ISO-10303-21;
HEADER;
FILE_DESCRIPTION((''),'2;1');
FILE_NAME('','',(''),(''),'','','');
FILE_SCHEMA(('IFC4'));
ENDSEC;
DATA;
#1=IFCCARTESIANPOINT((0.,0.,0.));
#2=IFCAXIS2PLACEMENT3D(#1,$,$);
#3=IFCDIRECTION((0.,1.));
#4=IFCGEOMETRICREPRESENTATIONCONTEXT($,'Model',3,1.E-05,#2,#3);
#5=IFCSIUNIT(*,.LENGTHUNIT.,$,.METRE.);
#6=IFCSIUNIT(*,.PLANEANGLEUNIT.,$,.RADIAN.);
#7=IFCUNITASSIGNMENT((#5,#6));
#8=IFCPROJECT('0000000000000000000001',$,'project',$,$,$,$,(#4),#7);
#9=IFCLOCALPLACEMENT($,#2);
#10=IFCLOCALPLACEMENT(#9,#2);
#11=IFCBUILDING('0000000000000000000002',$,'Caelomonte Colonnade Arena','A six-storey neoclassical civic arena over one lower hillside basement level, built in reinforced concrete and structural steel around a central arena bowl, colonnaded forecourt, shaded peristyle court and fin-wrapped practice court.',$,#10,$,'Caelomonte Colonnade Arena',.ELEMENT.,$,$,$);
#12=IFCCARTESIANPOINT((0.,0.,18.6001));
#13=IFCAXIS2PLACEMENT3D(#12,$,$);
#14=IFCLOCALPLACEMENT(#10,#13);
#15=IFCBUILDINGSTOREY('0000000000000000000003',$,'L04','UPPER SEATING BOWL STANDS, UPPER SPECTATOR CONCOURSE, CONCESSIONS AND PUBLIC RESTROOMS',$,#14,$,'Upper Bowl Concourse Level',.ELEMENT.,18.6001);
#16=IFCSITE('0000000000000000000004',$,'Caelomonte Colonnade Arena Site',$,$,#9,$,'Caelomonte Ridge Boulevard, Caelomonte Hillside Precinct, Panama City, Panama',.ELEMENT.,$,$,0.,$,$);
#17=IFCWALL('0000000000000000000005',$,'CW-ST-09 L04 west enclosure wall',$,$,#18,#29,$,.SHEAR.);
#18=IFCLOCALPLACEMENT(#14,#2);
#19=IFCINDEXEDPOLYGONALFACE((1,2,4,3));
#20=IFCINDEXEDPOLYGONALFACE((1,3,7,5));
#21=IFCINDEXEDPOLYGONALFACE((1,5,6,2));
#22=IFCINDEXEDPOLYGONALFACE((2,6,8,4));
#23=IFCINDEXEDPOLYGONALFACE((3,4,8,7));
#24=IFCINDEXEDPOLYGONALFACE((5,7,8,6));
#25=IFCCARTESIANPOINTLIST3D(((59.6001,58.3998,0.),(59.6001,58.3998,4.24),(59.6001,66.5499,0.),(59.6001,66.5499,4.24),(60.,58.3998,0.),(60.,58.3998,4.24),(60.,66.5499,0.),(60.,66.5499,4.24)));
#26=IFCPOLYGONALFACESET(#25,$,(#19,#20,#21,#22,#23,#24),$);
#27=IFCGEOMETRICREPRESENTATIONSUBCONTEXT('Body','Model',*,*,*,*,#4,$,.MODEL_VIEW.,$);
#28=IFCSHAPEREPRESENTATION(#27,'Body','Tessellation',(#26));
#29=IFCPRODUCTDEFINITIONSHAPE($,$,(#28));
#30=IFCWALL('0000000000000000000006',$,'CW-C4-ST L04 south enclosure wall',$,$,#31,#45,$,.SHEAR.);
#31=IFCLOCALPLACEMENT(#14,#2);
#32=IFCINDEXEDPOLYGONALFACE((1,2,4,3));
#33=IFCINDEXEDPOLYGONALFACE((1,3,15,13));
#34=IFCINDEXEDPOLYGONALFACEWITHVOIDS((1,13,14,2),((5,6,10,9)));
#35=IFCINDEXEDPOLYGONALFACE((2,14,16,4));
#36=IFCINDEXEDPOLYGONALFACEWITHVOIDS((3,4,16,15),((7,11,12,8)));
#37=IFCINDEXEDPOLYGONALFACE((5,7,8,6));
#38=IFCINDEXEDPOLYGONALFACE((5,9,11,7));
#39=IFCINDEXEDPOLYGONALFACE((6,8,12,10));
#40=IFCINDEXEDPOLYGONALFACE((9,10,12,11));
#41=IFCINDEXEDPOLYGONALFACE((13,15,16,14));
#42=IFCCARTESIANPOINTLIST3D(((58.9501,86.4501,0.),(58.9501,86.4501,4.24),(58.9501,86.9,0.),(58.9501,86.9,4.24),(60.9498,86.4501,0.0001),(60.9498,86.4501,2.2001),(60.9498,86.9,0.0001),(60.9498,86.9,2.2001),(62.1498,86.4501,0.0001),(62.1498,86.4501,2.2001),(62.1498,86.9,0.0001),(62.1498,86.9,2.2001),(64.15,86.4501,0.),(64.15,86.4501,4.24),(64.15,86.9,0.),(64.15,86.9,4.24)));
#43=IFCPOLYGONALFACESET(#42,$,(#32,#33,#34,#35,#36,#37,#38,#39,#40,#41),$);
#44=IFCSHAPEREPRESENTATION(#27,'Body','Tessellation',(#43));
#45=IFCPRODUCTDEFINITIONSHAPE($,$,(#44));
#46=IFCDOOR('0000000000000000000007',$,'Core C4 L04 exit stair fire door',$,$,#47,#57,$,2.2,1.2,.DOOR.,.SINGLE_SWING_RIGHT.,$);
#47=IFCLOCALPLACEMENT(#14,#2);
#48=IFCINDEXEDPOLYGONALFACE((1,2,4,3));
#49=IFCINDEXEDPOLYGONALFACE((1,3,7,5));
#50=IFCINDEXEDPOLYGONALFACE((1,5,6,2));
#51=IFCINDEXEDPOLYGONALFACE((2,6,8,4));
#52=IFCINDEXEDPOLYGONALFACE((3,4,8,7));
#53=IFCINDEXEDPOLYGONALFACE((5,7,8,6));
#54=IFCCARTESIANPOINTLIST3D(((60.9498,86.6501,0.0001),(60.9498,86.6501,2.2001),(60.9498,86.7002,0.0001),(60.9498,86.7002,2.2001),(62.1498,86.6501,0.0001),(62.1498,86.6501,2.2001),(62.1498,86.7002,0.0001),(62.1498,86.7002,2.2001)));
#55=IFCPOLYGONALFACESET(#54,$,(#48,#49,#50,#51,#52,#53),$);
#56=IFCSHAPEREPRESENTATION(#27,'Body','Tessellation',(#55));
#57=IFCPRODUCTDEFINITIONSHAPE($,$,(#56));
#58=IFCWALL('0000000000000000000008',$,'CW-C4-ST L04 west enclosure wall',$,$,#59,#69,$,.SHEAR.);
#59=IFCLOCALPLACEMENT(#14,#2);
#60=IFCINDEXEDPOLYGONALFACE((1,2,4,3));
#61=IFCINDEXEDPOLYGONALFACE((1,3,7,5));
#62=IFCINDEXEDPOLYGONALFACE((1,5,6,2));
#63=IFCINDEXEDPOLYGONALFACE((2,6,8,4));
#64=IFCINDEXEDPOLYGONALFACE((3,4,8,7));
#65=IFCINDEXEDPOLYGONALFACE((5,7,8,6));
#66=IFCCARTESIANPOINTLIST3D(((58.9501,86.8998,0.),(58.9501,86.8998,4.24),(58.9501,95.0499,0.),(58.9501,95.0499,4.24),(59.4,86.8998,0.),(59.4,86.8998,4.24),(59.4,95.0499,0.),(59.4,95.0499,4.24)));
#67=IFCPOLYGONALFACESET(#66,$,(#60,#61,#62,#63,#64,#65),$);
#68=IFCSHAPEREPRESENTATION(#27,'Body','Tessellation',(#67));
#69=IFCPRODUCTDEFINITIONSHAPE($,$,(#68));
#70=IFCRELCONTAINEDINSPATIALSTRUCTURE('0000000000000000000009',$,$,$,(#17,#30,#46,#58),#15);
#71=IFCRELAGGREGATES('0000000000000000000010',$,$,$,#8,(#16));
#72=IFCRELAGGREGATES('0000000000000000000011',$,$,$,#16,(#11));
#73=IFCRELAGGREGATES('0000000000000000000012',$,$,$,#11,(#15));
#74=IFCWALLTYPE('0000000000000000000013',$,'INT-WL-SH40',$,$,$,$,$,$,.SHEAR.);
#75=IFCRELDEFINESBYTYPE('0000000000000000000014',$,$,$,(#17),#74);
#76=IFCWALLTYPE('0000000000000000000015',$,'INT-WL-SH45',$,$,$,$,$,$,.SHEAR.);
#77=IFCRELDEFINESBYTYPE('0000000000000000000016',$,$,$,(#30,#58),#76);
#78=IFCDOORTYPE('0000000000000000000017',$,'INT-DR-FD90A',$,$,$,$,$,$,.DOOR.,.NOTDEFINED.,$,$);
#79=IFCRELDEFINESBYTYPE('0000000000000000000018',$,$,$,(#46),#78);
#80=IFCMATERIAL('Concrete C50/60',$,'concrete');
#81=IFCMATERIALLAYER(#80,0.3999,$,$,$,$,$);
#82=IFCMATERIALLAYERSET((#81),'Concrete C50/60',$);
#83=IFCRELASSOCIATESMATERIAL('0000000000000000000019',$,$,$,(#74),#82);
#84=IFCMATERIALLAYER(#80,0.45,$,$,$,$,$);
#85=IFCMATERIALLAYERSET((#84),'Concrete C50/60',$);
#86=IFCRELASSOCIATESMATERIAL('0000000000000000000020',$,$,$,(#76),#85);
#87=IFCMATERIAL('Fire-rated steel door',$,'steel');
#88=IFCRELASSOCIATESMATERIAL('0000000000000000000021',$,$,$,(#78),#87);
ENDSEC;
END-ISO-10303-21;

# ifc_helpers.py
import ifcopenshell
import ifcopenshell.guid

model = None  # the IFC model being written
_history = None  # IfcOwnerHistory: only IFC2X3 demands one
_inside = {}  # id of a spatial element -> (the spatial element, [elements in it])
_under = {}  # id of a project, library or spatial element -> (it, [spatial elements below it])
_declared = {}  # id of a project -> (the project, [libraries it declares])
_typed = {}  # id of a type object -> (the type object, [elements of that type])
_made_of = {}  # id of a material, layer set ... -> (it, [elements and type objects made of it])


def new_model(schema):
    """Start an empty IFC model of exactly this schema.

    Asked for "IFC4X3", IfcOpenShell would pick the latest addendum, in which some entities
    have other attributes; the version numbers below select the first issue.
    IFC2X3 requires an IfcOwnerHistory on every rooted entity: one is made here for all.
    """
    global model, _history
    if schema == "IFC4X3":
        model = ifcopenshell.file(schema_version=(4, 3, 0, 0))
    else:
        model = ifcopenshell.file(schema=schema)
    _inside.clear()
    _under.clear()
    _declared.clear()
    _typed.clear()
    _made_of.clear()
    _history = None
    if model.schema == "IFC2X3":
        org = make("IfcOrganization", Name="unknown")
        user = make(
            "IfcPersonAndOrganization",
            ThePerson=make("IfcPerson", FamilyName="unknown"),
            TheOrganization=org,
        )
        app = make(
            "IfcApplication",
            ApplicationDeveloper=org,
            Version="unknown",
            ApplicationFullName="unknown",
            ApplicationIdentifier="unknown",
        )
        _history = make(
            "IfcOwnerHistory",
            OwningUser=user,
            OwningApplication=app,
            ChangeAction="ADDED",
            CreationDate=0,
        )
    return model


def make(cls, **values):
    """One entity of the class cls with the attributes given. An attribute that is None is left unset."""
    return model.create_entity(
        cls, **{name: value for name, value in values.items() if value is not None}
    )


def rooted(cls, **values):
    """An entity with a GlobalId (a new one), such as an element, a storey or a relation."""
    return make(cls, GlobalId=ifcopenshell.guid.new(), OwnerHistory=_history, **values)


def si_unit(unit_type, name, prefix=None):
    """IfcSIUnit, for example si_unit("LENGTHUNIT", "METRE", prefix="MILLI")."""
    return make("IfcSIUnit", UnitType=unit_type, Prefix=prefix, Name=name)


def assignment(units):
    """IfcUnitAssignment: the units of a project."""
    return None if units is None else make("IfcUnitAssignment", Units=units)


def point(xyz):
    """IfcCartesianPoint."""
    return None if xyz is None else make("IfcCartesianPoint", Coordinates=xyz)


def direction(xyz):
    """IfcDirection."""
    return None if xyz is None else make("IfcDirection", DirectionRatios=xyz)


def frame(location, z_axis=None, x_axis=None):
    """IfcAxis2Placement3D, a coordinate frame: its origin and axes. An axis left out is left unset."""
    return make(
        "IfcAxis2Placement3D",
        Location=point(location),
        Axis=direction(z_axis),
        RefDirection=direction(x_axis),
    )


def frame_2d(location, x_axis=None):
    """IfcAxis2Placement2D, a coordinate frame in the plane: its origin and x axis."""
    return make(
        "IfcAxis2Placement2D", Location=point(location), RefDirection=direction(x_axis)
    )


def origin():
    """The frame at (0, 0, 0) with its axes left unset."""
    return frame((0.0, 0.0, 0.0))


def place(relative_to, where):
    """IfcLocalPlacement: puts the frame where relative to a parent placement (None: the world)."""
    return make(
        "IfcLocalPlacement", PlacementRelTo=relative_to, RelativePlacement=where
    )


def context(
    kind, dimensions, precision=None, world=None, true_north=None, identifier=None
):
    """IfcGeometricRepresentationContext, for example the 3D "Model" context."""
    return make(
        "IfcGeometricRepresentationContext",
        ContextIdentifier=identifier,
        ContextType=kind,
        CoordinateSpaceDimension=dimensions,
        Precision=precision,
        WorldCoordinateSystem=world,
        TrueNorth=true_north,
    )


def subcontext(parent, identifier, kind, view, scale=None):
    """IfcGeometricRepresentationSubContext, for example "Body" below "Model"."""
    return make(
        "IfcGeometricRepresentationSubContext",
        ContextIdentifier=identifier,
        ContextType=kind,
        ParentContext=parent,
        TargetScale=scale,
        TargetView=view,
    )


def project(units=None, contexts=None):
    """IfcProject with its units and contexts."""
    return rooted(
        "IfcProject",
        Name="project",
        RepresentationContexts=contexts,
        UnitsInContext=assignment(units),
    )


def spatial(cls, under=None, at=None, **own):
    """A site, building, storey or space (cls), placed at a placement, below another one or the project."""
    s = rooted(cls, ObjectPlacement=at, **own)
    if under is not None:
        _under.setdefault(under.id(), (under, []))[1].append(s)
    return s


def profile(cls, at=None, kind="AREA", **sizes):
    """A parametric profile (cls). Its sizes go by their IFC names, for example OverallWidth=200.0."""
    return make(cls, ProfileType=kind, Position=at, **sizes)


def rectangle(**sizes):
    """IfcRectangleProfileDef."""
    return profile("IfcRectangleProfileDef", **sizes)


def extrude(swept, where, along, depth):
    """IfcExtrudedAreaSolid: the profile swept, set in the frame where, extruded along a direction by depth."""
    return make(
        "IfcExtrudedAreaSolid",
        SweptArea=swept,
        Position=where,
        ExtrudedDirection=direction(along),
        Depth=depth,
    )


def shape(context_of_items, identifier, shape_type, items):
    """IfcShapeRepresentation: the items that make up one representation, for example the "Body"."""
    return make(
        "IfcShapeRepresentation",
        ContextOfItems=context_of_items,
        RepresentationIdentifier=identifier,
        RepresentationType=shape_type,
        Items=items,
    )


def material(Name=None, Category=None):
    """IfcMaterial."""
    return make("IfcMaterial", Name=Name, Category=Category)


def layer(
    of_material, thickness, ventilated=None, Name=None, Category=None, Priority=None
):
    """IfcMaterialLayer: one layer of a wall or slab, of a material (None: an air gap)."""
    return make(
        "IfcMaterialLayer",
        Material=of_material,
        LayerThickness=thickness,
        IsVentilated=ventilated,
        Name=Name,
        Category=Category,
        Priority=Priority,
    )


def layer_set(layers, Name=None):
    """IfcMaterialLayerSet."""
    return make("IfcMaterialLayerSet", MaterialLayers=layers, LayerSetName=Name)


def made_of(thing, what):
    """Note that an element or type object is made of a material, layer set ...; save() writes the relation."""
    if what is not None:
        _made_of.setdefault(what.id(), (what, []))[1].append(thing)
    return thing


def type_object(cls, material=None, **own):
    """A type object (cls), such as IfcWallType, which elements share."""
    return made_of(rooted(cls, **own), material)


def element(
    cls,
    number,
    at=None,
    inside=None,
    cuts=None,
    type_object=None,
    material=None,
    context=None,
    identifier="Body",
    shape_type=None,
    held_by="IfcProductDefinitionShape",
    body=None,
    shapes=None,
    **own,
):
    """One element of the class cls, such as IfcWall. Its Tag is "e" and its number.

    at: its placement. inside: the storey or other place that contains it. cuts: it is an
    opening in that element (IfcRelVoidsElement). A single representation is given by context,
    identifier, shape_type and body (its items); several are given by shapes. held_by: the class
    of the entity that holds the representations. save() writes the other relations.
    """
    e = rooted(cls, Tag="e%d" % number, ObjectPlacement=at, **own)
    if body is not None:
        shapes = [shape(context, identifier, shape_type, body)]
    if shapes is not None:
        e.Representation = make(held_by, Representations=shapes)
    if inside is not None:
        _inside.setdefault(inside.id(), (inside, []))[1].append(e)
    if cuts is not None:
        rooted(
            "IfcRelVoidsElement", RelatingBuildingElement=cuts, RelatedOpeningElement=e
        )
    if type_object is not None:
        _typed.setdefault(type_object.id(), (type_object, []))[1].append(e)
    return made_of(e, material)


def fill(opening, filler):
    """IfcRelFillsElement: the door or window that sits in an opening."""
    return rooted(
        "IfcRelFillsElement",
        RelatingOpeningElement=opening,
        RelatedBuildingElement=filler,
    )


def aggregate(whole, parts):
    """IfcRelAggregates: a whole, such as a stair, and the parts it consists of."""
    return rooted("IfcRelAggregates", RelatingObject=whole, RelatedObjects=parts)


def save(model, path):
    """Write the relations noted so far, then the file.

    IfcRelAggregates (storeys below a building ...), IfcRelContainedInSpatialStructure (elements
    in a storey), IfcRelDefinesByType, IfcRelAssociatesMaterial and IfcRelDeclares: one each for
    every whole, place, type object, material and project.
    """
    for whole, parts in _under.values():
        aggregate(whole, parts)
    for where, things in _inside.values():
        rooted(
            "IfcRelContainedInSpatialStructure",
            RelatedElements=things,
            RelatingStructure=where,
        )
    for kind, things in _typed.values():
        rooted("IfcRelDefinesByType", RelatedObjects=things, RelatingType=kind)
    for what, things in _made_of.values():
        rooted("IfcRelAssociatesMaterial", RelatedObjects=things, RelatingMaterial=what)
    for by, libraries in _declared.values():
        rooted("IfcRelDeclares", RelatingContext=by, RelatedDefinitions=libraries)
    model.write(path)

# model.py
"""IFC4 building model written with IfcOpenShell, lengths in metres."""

from ifc_helpers import new_model, si_unit, direction, frame, frame_2d, origin, place, context, subcontext, project, spatial, rectangle, extrude, material, layer, layer_set, type_object, element, fill, save


model = new_model("IFC4")

# Units and contexts
model_context = context("Model", 3, precision=1e-05, world=origin(), true_north=direction((0.0, 1.0)))
body_context = subcontext(model_context, "Body", "Model", "MODEL_VIEW")
ifc_project = project(units=[si_unit("LENGTHUNIT", "METRE"), si_unit("PLANEANGLEUNIT", "RADIAN")], contexts=[model_context])

# Site, building, storey
site_placement = place(None, origin())
site = spatial("IfcSite", under=ifc_project, at=site_placement, Name="Caelomonte Colonnade Arena Site", LongName="Caelomonte Ridge Boulevard, Caelomonte Hillside Precinct, Panama City, Panama", CompositionType="ELEMENT", RefElevation=0.0)
building_placement = place(site_placement, origin())
building = spatial("IfcBuilding", under=site, at=building_placement, Name="Caelomonte Colonnade Arena", Description="A six-storey neoclassical civic arena over one lower hillside basement level, built in reinforced concrete and structural steel around a central arena bowl, colonnaded forecourt, shaded peristyle court and fin-wrapped practice court.", LongName="Caelomonte Colonnade Arena", CompositionType="ELEMENT")
storey_placement = place(building_placement, frame((0.0, 0.0, 18.6001)))
storey = spatial("IfcBuildingStorey", under=building, at=storey_placement, Name="L04", Description="UPPER SEATING BOWL STANDS, UPPER SPECTATOR CONCOURSE, CONCESSIONS AND PUBLIC RESTROOMS", LongName="Upper Bowl Concourse Level", CompositionType="ELEMENT", Elevation=18.6001)

# Shared definitions
ifc_material_1 = material(Name="Concrete C50/60", Category="concrete")

# Wall
ifc_layer_1 = layer(ifc_material_1, 0.3999)
ifc_layer_set_1 = layer_set([ifc_layer_1], Name="Concrete C50/60")
wall_type_1 = type_object("IfcWallType", Name="INT-WL-SH40", PredefinedType="SHEAR", material=ifc_layer_set_1)
wall_1_placement = place(storey_placement, frame((59.8, 66.55, 0.0), z_axis=(0.0, 0.0, 1.0), x_axis=(0.0, -1.0, 0.0)))
element("IfcWall", 1, at=wall_1_placement, inside=storey, type_object=wall_type_1, Name="CW-ST-09 L04 west enclosure wall", PredefinedType="SHEAR", context=body_context, shape_type="SweptSolid", body=[
    extrude(rectangle(XDim=8.1501, YDim=0.3999, at=frame_2d((4.0752, 0.0))), origin(), (0.0, 0.0, 1.0), 4.24),
])

# Wall, opening, door
ifc_layer_2 = layer(ifc_material_1, 0.45)
ifc_layer_set_2 = layer_set([ifc_layer_2], Name="Concrete C50/60")
wall_type_2 = type_object("IfcWallType", Name="INT-WL-SH45", PredefinedType="SHEAR", material=ifc_layer_set_2)
wall_2_placement = place(storey_placement, frame((58.95, 86.675, 0.0), z_axis=(0.0, 0.0, 1.0), x_axis=(1.0, 0.0, 0.0)))
wall_2 = element("IfcWall", 2, at=wall_2_placement, inside=storey, type_object=wall_type_2, Name="CW-C4-ST L04 south enclosure wall", PredefinedType="SHEAR", context=body_context, shape_type="SweptSolid", body=[
    extrude(rectangle(XDim=5.2, YDim=0.45, at=frame_2d((2.6001, 0.0))), origin(), (0.0, 0.0, 1.0), 4.24),
])
opening_placement = place(wall_2_placement, frame((3.2, 0.0, 0.0), z_axis=(0.0, 0.0, 1.0), x_axis=(-1.0, 0.0, 0.0)))
opening = element("IfcOpeningElement", 3, at=opening_placement, cuts=wall_2, PredefinedType="OPENING", context=body_context, shape_type="SweptSolid", body=[
    extrude(rectangle(XDim=1.2, YDim=2.2, at=frame_2d((0.6001, 1.1001))), frame((0.0, 0.2349, 0.0), z_axis=(0.0, -1.0, 0.0), x_axis=(1.0, 0.0, 0.0)), (0.0, 0.0, 1.0), 0.47),
])
ifc_material_2 = material(Name="Fire-rated steel door", Category="steel")
door_type = type_object("IfcDoorType", Name="INT-DR-FD90A", OperationType="NOTDEFINED", PredefinedType="DOOR", material=ifc_material_2)
door_placement = place(opening_placement, origin())
door = element("IfcDoor", 4, at=door_placement, inside=storey, type_object=door_type, Name="Core C4 L04 exit stair fire door", OperationType="SINGLE_SWING_RIGHT", OverallHeight=2.2, OverallWidth=1.2, PredefinedType="DOOR", context=body_context, shape_type="SweptSolid", body=[
    extrude(rectangle(XDim=1.2, YDim=2.2, at=frame_2d((0.6001, 1.1001))), frame((0.0, 0.0249, 0.0), z_axis=(0.0, -1.0, 0.0), x_axis=(1.0, 0.0, 0.0)), (0.0, 0.0, 1.0), 0.05),
])
fill(opening, door)

# Wall
wall_3_placement = place(storey_placement, frame((59.175, 95.05, 0.0), z_axis=(0.0, 0.0, 1.0), x_axis=(0.0, -1.0, 0.0)))
element("IfcWall", 5, at=wall_3_placement, inside=storey, type_object=wall_type_2, Name="CW-C4-ST L04 west enclosure wall", PredefinedType="SHEAR", context=body_context, shape_type="SweptSolid", body=[
    extrude(rectangle(XDim=8.1501, YDim=0.45, at=frame_2d((4.0752, 0.0))), origin(), (0.0, 0.0, 1.0), 4.24),
])

save(model, "model.ifc")
